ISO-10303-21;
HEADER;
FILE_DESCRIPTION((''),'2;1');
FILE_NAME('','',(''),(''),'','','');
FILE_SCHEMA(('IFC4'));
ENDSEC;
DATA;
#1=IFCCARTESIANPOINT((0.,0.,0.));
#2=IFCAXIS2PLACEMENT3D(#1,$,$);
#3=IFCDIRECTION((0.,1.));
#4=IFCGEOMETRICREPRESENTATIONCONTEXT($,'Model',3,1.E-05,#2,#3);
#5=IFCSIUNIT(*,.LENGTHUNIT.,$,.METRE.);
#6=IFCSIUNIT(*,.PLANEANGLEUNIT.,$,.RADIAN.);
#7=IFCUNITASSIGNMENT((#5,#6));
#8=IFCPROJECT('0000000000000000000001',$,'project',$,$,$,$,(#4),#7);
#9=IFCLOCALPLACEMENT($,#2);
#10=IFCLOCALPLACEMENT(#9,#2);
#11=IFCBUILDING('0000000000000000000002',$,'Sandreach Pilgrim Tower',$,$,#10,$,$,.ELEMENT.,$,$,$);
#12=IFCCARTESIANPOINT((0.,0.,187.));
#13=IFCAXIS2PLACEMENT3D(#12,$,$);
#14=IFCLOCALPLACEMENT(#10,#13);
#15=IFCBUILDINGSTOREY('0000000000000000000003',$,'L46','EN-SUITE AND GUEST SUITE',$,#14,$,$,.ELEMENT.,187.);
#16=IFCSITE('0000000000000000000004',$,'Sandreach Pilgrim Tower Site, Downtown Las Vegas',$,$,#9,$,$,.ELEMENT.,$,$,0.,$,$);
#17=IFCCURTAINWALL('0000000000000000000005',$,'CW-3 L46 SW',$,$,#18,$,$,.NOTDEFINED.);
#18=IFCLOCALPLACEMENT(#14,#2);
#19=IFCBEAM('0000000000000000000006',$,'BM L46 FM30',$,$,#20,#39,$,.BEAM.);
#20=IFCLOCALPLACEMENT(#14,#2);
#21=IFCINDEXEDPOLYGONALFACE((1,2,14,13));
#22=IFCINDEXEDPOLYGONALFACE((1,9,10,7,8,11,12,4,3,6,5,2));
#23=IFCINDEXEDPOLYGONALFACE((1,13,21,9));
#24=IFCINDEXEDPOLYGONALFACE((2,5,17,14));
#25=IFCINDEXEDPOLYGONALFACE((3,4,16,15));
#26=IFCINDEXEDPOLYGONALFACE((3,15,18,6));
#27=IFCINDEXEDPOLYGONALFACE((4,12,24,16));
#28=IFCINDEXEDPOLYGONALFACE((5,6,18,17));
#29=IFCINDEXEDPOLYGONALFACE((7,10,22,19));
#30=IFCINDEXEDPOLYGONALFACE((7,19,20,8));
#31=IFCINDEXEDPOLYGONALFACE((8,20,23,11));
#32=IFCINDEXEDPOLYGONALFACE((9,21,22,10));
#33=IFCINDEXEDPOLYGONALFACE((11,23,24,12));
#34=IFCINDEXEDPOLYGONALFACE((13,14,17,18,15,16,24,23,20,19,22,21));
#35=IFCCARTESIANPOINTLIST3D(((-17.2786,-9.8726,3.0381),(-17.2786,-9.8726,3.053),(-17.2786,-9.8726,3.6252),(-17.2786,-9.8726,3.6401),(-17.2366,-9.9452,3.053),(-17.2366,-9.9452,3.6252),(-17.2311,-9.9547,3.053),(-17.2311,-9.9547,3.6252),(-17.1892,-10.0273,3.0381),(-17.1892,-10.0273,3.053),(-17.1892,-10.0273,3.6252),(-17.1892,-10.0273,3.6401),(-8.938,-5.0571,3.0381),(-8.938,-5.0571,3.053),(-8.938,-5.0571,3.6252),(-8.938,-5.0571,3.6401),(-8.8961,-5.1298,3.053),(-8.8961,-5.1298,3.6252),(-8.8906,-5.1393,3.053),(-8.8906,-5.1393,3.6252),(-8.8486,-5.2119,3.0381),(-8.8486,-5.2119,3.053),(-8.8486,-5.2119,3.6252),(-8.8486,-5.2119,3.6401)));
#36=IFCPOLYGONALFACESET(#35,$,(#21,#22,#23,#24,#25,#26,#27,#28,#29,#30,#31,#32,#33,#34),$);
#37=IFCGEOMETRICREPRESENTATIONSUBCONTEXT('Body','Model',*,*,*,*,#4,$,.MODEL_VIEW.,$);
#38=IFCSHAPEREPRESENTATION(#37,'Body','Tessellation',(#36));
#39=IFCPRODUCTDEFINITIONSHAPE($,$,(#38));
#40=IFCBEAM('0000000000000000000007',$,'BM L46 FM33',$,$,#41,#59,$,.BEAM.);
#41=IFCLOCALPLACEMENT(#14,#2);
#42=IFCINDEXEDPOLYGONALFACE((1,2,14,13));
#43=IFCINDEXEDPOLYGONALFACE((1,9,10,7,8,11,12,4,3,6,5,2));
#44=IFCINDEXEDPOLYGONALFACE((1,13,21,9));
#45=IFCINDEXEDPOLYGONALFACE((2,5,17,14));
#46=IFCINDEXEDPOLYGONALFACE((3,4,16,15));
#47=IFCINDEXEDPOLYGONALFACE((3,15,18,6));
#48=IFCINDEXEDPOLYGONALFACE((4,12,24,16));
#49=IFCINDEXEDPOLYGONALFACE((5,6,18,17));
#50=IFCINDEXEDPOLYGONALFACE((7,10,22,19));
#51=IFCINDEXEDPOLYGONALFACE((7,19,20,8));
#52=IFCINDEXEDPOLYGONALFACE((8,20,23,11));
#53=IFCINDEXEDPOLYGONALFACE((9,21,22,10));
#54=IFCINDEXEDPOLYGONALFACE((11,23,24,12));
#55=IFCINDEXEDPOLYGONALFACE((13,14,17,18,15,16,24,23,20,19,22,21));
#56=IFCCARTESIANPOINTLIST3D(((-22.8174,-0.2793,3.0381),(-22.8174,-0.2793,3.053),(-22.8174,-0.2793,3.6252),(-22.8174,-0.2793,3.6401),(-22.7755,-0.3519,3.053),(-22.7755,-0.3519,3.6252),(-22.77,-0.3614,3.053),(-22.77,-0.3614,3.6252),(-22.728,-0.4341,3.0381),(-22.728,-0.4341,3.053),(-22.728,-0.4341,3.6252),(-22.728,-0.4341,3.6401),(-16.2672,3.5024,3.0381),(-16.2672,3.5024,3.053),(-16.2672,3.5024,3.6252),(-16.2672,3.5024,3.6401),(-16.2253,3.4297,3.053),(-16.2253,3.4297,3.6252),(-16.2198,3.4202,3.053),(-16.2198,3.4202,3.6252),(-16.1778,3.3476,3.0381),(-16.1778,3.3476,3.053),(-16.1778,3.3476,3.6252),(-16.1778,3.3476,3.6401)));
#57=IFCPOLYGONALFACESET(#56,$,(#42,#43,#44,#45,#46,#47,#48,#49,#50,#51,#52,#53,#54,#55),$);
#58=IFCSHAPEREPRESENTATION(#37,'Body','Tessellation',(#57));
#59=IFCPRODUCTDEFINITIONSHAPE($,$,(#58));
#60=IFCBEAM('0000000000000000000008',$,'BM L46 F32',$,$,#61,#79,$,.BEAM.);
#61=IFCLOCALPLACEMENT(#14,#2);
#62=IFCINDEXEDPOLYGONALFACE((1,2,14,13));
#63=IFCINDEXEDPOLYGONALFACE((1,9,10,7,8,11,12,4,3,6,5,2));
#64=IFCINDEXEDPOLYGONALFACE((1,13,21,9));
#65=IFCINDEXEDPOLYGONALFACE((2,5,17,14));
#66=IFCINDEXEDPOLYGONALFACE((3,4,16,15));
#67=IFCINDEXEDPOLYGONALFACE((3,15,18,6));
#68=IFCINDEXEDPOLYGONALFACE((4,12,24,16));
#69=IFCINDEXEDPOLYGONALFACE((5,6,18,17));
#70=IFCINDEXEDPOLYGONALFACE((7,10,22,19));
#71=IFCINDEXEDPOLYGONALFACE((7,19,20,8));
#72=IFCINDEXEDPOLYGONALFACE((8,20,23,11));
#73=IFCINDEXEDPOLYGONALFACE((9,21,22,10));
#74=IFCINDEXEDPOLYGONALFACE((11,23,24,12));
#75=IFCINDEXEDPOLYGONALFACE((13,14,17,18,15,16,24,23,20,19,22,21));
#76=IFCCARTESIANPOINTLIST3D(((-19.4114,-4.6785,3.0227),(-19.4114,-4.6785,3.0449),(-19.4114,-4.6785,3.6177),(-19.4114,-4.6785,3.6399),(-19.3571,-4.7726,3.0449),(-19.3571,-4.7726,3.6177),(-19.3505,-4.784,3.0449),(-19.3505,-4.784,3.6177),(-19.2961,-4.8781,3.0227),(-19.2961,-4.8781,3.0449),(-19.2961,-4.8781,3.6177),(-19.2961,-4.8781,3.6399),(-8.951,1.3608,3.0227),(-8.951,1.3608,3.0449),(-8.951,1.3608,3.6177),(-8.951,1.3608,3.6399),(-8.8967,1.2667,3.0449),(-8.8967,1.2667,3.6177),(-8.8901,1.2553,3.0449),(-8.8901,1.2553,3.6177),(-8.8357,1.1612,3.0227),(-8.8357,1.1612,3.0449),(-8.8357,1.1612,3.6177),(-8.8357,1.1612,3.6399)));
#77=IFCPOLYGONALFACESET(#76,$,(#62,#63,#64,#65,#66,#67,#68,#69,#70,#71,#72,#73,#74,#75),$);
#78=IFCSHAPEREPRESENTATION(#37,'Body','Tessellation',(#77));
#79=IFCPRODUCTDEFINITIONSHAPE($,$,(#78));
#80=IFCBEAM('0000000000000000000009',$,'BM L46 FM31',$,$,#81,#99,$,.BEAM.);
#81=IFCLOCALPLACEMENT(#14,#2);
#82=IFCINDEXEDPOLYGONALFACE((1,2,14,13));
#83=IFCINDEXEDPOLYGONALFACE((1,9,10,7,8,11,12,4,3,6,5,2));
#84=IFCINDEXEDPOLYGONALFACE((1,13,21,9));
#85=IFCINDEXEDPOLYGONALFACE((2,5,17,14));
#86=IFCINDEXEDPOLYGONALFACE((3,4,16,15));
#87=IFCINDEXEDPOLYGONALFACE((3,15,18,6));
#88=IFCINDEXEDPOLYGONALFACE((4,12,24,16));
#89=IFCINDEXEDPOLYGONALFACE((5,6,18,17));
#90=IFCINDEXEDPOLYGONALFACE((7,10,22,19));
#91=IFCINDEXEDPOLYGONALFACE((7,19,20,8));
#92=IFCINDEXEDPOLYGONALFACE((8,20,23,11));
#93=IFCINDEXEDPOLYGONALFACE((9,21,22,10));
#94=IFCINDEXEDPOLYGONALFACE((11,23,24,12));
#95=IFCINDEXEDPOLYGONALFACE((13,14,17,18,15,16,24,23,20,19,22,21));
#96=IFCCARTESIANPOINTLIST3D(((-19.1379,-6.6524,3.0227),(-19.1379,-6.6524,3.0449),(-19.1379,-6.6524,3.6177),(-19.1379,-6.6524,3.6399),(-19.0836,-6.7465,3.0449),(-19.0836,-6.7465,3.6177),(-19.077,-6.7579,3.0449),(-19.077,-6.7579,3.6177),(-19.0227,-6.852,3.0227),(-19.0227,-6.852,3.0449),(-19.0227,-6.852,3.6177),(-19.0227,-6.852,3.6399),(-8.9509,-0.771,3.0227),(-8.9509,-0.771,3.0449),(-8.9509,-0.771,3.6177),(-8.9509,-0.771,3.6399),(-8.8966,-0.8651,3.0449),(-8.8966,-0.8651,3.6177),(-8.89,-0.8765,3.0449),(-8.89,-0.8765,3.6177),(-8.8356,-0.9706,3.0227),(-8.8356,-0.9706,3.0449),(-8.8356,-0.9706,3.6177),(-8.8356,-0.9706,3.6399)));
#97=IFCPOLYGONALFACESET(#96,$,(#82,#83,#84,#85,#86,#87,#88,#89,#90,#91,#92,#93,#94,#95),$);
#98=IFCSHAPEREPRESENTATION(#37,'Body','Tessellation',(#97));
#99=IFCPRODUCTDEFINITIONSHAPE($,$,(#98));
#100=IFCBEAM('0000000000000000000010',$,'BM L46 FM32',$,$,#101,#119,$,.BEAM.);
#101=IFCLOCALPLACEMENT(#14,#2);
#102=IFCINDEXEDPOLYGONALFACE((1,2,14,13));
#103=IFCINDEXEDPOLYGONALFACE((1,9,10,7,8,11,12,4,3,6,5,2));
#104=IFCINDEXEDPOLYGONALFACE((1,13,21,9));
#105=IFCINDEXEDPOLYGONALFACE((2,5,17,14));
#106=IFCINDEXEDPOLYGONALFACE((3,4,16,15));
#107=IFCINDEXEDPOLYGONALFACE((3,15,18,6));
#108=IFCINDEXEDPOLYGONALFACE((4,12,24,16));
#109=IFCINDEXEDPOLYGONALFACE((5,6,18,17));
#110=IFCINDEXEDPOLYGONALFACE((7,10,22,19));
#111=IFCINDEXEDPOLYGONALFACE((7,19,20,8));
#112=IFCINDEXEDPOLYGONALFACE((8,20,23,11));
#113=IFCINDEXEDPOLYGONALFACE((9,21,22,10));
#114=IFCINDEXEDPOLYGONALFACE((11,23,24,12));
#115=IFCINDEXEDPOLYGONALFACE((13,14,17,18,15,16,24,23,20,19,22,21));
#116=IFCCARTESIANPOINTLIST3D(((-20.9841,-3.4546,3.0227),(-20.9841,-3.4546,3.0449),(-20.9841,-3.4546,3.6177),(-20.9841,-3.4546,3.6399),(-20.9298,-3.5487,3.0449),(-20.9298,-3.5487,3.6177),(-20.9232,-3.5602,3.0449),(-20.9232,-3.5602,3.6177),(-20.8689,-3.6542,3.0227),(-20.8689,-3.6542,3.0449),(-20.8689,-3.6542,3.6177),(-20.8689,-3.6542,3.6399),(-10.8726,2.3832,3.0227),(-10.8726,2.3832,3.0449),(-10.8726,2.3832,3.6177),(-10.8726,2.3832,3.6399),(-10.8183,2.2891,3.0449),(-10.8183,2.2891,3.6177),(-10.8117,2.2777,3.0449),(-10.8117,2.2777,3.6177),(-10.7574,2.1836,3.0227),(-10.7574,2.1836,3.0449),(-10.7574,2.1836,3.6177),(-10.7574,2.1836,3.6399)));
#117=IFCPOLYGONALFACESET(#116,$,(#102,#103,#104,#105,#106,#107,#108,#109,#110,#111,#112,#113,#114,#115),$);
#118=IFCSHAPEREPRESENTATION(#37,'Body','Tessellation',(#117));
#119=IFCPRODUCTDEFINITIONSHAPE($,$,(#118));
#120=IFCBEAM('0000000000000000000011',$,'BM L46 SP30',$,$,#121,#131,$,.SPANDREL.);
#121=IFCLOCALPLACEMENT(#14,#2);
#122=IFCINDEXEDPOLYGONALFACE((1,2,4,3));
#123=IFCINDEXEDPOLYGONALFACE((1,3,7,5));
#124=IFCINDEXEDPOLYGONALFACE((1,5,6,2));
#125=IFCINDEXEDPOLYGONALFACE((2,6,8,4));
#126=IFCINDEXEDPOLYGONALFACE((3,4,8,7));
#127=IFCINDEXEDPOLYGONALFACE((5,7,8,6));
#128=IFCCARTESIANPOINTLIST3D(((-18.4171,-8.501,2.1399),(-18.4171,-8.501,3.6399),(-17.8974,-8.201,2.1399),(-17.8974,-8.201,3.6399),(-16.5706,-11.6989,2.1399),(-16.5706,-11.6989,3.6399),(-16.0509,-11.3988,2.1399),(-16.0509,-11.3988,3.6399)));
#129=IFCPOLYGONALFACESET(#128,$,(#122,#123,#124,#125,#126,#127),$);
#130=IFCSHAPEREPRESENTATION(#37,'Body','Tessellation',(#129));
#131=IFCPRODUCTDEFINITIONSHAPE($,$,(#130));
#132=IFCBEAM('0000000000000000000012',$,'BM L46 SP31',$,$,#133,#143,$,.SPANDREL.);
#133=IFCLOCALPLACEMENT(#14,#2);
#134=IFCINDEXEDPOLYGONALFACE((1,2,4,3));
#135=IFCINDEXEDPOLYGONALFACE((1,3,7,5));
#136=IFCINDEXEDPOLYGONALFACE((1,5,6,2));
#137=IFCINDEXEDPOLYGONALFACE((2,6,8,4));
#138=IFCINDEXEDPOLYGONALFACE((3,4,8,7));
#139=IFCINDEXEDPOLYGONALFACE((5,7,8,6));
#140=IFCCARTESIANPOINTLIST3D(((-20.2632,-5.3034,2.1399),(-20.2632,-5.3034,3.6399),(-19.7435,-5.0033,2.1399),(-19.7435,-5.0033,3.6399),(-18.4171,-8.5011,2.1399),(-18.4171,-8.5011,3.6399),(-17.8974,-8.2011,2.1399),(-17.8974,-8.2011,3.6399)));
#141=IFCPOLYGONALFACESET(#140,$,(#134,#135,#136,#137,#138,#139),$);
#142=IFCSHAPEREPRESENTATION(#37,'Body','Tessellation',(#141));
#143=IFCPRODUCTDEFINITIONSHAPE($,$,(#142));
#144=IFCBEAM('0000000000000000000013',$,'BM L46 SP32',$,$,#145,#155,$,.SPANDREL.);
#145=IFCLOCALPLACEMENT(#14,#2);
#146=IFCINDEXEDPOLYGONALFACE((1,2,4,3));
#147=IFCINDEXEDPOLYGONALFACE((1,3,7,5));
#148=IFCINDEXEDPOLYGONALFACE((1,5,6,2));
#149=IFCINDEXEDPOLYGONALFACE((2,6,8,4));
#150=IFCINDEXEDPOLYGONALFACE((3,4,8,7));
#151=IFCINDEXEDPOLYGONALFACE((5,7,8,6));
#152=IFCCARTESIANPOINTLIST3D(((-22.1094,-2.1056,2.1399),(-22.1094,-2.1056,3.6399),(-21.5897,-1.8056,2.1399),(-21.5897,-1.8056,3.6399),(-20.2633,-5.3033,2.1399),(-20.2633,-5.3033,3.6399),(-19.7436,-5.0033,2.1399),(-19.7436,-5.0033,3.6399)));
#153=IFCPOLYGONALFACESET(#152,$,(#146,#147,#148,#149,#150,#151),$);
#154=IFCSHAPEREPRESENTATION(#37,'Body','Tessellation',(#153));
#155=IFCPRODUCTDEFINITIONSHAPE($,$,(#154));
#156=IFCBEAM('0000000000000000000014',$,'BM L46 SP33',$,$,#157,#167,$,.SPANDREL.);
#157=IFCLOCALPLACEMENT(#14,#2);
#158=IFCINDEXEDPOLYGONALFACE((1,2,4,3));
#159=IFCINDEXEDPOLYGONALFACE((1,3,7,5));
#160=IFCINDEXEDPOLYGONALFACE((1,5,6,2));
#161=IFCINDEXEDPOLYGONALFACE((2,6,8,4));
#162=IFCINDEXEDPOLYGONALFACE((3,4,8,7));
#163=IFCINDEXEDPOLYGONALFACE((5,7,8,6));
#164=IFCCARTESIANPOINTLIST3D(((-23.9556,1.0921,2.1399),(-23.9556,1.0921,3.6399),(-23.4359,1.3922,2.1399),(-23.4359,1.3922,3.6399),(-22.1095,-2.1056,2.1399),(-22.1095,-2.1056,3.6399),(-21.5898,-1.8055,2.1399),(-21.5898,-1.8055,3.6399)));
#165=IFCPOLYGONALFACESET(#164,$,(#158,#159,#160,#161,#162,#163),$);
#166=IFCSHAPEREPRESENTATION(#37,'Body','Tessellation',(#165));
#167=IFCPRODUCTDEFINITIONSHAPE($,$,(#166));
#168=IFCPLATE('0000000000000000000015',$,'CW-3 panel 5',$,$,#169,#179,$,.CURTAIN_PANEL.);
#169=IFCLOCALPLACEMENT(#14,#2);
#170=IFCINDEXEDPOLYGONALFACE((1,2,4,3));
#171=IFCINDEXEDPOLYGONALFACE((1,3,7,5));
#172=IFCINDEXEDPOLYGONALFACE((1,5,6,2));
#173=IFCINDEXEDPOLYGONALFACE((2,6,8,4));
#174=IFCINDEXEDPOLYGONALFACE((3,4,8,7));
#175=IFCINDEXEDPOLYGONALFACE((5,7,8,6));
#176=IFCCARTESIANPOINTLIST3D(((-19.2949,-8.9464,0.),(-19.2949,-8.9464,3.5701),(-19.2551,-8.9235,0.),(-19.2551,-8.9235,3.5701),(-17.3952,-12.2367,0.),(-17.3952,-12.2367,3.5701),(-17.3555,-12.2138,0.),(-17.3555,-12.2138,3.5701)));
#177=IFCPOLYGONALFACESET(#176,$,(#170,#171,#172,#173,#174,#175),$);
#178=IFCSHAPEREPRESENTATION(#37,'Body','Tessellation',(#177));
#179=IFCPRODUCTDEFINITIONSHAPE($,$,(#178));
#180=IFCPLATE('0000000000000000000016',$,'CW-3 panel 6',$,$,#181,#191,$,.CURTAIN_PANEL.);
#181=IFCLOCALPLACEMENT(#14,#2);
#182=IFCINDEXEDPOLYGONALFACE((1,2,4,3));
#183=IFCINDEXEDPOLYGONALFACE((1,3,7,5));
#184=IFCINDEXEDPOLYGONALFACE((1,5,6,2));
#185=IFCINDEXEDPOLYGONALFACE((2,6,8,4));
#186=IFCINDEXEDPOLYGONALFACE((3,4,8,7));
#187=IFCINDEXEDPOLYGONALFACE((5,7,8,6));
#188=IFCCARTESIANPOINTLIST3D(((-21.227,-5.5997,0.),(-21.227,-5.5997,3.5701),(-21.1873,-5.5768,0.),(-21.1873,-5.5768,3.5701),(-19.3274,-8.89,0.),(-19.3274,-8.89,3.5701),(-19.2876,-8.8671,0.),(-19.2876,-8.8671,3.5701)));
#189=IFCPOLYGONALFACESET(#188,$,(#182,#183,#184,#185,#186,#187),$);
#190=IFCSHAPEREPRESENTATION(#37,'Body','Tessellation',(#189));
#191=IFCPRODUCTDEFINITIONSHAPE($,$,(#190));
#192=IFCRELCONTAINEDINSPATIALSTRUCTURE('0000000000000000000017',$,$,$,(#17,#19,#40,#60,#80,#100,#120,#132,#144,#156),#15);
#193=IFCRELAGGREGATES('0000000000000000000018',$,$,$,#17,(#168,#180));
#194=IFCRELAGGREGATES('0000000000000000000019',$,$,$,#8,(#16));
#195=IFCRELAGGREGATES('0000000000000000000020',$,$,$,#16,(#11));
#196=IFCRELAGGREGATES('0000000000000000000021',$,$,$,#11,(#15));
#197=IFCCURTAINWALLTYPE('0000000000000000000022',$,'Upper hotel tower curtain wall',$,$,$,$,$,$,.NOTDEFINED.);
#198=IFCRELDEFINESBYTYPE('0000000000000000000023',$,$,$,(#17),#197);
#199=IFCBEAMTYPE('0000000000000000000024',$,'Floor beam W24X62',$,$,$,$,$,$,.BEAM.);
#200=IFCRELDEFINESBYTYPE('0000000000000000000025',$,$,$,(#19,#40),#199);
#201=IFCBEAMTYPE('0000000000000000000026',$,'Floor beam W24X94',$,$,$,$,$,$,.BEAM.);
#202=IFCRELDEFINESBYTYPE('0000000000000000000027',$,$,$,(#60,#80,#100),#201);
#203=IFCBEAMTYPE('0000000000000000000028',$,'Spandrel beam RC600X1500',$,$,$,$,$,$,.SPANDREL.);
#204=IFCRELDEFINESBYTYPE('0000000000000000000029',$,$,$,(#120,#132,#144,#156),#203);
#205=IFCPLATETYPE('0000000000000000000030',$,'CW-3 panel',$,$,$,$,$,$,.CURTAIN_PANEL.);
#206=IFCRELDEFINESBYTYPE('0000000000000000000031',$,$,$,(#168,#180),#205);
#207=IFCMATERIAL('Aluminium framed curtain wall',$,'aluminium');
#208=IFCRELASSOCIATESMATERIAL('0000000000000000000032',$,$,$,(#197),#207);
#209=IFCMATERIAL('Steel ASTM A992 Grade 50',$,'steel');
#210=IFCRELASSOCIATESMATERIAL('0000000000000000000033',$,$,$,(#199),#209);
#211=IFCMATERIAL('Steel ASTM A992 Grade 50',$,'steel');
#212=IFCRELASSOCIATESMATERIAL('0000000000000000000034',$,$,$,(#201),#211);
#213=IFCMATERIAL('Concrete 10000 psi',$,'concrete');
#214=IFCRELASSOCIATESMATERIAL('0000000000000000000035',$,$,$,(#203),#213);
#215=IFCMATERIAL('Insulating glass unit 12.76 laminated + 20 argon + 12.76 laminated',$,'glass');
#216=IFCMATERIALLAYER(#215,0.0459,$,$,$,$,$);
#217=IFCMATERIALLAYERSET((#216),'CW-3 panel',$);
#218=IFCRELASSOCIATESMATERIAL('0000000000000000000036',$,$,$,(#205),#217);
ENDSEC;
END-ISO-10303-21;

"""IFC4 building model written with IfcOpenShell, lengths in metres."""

from ifc_helpers import new_model, si_unit, direction, frame, origin, origin_2d, place, context, subcontext, project, spatial, rectangle, i_section, extrude, material, layer, layer_set, material_profile, profile_set, type_object, element, aggregate, save


model = new_model("IFC4")

# Units and contexts
model_context = context("Model", 3, precision=1e-05, world=origin(), true_north=direction((0.0, 1.0)))
body_context = subcontext(model_context, "Body", "Model", "MODEL_VIEW")
ifc_project = project(units=[si_unit("LENGTHUNIT", "METRE"), si_unit("PLANEANGLEUNIT", "RADIAN")], contexts=[model_context])

# Site, building, storey
site_placement = place(None, origin())
site = spatial("IfcSite", under=ifc_project, at=site_placement, Name="Sandreach Pilgrim Tower Site, Downtown Las Vegas", CompositionType="ELEMENT", RefElevation=0.0)
building_placement = place(site_placement, origin())
building = spatial("IfcBuilding", under=site, at=building_placement, Name="Sandreach Pilgrim Tower", CompositionType="ELEMENT")
storey_placement = place(building_placement, frame((0.0, 0.0, 187.0)))
storey = spatial("IfcBuildingStorey", under=building, at=storey_placement, Name="L46", Description="EN-SUITE AND GUEST SUITE", CompositionType="ELEMENT", Elevation=187.0)

# Curtain wall
ifc_material_1 = material(Name="Aluminium framed curtain wall", Category="aluminium")
curtain_wall_type = type_object("IfcCurtainWallType", Name="Upper hotel tower curtain wall", PredefinedType="NOTDEFINED", material=ifc_material_1)
curtain_wall_placement = place(storey_placement, origin())
curtain_wall = element("IfcCurtainWall", 1, at=curtain_wall_placement, inside=storey, type_object=curtain_wall_type, Name="CW-3 L46 SW", PredefinedType="NOTDEFINED")

# Beams
ifc_material_2 = material(Name="Steel ASTM A992 Grade 50", Category="steel")
ifc_material_profile_1 = material_profile(ifc_material_2, i_section(OverallWidth=0.1787, OverallDepth=0.6021, WebThickness=0.011, FlangeThickness=0.0149, at=origin_2d()), Name="W24X62")
ifc_profile_set_1 = profile_set([ifc_material_profile_1], Name="Steel ASTM A992 Grade 50")
beam_type_1 = type_object("IfcBeamType", Name="Floor beam W24X62", PredefinedType="BEAM", material=ifc_profile_set_1)
beam_1_placement = place(storey_placement, frame((-17.2339, -9.95, 3.3391), z_axis=(0.866026, 0.5, 0.0), x_axis=(-0.5, 0.866026, 0.0)))
element("IfcBeam", 2, at=beam_1_placement, inside=storey, type_object=beam_type_1, Name="BM L46 FM30", PredefinedType="BEAM", context=body_context, shape_type="SweptSolid", body=[
    extrude(i_section(OverallWidth=0.1787, OverallDepth=0.6021, WebThickness=0.011, FlangeThickness=0.0149, at=origin_2d()), origin(), (0.0, 0.0, 1.0), 9.6309),
])
beam_2_placement = place(storey_placement, frame((-22.7727, -0.3567, 3.3391), z_axis=(0.86603, 0.499993, 0.0), x_axis=(-0.499993, 0.86603, 0.0)))
element("IfcBeam", 3, at=beam_2_placement, inside=storey, type_object=beam_type_1, Name="BM L46 FM33", PredefinedType="BEAM", context=body_context, shape_type="SweptSolid", body=[
    extrude(i_section(OverallWidth=0.1787, OverallDepth=0.6021, WebThickness=0.011, FlangeThickness=0.0149, at=origin_2d()), origin(), (0.0, 0.0, 1.0), 7.5635),
])
ifc_material_3 = material(Name="Steel ASTM A992 Grade 50", Category="steel")
ifc_material_profile_2 = material_profile(ifc_material_3, i_section(OverallWidth=0.2305, OverallDepth=0.6172, WebThickness=0.0132, FlangeThickness=0.0222, at=origin_2d()), Name="W24X94")
ifc_profile_set_2 = profile_set([ifc_material_profile_2], Name="Steel ASTM A992 Grade 50")
beam_type_2 = type_object("IfcBeamType", Name="Floor beam W24X94", PredefinedType="BEAM", material=ifc_profile_set_2)
beam_3_placement = place(storey_placement, frame((-19.3538, -4.7783, 3.3313), z_axis=(0.866027, 0.499998, 0.0), x_axis=(-0.499998, 0.866027, 0.0)))
element("IfcBeam", 4, at=beam_3_placement, inside=storey, type_object=beam_type_2, Name="BM L46 F32", PredefinedType="BEAM", context=body_context, shape_type="SweptSolid", body=[
    extrude(i_section(OverallWidth=0.2305, OverallDepth=0.6172, WebThickness=0.0132, FlangeThickness=0.0222, at=origin_2d()), origin(), (0.0, 0.0, 1.0), 12.0786),
])
beam_4_placement = place(storey_placement, frame((-19.0803, -6.7522, 3.3313), z_axis=(0.86603, 0.499992, 0.0), x_axis=(-0.499992, 0.86603, 0.0)))
element("IfcBeam", 5, at=beam_4_placement, inside=storey, type_object=beam_type_2, Name="BM L46 FM31", PredefinedType="BEAM", context=body_context, shape_type="SweptSolid", body=[
    extrude(i_section(OverallWidth=0.2305, OverallDepth=0.6172, WebThickness=0.0132, FlangeThickness=0.0222, at=origin_2d()), origin(), (0.0, 0.0, 1.0), 11.7629),
])
beam_5_placement = place(storey_placement, frame((-20.9265, -3.5544, 3.3313), z_axis=(0.866026, 0.499998, 0.0), x_axis=(-0.499998, 0.866026, 0.0)))
element("IfcBeam", 6, at=beam_5_placement, inside=storey, type_object=beam_type_2, Name="BM L46 FM32", PredefinedType="BEAM", context=body_context, shape_type="SweptSolid", body=[
    extrude(i_section(OverallWidth=0.2305, OverallDepth=0.6172, WebThickness=0.0132, FlangeThickness=0.0222, at=origin_2d()), origin(), (0.0, 0.0, 1.0), 11.6758),
])
ifc_material_4 = material(Name="Concrete 10000 psi", Category="concrete")
ifc_material_profile_3 = material_profile(ifc_material_4, rectangle(XDim=0.6001, YDim=1.5, at=origin_2d()), Name="RC600X1500")
ifc_profile_set_3 = profile_set([ifc_material_profile_3], Name="Concrete 10000 psi")
beam_type_3 = type_object("IfcBeamType", Name="Spandrel beam RC600X1500", PredefinedType="SPANDREL", material=ifc_profile_set_3)
beam_6_placement = place(storey_placement, frame((-16.3108, -11.5488, 2.8899), z_axis=(-0.500043, 0.866001, 0.0), x_axis=(-0.866001, -0.500043, 0.0)))
element("IfcBeam", 7, at=beam_6_placement, inside=storey, type_object=beam_type_3, Name="BM L46 SP30", PredefinedType="SPANDREL", context=body_context, shape_type="SweptSolid", body=[
    extrude(rectangle(XDim=0.6001, YDim=1.5, at=origin_2d()), origin(), (0.0, 0.0, 1.0), 3.6926),
])
for number, where, z_axis, x_axis, name in (
    (8, (-18.1572, -8.3511, 2.8899), (-0.499993, 0.866029, 0.0), (-0.866029, -0.499993, 0.0), "BM L46 SP31"),
    (9, (-20.0034, -5.1533, 2.8899), (-0.499993, 0.866029, 0.0), (-0.866029, -0.499993, 0.0), "BM L46 SP32"),
    (10, (-21.8496, -1.9556, 2.8899), (-0.499993, 0.866029, 0.0), (-0.866029, -0.499993, 0.0), "BM L46 SP33"),
):
    element("IfcBeam", number, at=place(storey_placement, frame(where, z_axis=z_axis, x_axis=x_axis)), inside=storey, type_object=beam_type_3, Name=name, PredefinedType="SPANDREL", context=body_context, shape_type="SweptSolid", body=[
        extrude(rectangle(XDim=0.6001, YDim=1.5, at=origin_2d()), origin(), (0.0, 0.0, 1.0), 3.6924),
    ])

# Plates
ifc_material_5 = material(Name="Insulating glass unit 12.76 laminated + 20 argon + 12.76 laminated", Category="glass")
ifc_layer_1 = layer(ifc_material_5, 0.0459)
ifc_layer_set_1 = layer_set([ifc_layer_1], Name="CW-3 panel")
plate_type = type_object("IfcPlateType", Name="CW-3 panel", PredefinedType="CURTAIN_PANEL", material=ifc_layer_set_1)
plate_1_placement = place(storey_placement, frame((-18.3252, -10.5801, 0.0), z_axis=(0.0, 0.0, 1.0), x_axis=(-0.5, 0.866025, 0.0)))
plate_1 = element("IfcPlate", 11, at=plate_1_placement, type_object=plate_type, Name="CW-3 panel 5", PredefinedType="CURTAIN_PANEL", context=body_context, shape_type="SweptSolid", body=[
    extrude(rectangle(XDim=3.7993, YDim=0.0459, at=origin_2d()), origin(), (0.0, 0.0, 1.0), 3.5701),
])
plate_2_placement = place(storey_placement, frame((-20.2573, -7.2334, 0.0), z_axis=(0.0, 0.0, 1.0), x_axis=(-0.5, 0.866025, 0.0)))
plate_2 = element("IfcPlate", 12, at=plate_2_placement, type_object=plate_type, Name="CW-3 panel 6", PredefinedType="CURTAIN_PANEL", context=body_context, shape_type="SweptSolid", body=[
    extrude(rectangle(XDim=3.7993, YDim=0.0459, at=origin_2d()), origin(), (0.0, 0.0, 1.0), 3.5701),
])
aggregate(curtain_wall, [plate_1, plate_2])

save(model, "model.ifc")
